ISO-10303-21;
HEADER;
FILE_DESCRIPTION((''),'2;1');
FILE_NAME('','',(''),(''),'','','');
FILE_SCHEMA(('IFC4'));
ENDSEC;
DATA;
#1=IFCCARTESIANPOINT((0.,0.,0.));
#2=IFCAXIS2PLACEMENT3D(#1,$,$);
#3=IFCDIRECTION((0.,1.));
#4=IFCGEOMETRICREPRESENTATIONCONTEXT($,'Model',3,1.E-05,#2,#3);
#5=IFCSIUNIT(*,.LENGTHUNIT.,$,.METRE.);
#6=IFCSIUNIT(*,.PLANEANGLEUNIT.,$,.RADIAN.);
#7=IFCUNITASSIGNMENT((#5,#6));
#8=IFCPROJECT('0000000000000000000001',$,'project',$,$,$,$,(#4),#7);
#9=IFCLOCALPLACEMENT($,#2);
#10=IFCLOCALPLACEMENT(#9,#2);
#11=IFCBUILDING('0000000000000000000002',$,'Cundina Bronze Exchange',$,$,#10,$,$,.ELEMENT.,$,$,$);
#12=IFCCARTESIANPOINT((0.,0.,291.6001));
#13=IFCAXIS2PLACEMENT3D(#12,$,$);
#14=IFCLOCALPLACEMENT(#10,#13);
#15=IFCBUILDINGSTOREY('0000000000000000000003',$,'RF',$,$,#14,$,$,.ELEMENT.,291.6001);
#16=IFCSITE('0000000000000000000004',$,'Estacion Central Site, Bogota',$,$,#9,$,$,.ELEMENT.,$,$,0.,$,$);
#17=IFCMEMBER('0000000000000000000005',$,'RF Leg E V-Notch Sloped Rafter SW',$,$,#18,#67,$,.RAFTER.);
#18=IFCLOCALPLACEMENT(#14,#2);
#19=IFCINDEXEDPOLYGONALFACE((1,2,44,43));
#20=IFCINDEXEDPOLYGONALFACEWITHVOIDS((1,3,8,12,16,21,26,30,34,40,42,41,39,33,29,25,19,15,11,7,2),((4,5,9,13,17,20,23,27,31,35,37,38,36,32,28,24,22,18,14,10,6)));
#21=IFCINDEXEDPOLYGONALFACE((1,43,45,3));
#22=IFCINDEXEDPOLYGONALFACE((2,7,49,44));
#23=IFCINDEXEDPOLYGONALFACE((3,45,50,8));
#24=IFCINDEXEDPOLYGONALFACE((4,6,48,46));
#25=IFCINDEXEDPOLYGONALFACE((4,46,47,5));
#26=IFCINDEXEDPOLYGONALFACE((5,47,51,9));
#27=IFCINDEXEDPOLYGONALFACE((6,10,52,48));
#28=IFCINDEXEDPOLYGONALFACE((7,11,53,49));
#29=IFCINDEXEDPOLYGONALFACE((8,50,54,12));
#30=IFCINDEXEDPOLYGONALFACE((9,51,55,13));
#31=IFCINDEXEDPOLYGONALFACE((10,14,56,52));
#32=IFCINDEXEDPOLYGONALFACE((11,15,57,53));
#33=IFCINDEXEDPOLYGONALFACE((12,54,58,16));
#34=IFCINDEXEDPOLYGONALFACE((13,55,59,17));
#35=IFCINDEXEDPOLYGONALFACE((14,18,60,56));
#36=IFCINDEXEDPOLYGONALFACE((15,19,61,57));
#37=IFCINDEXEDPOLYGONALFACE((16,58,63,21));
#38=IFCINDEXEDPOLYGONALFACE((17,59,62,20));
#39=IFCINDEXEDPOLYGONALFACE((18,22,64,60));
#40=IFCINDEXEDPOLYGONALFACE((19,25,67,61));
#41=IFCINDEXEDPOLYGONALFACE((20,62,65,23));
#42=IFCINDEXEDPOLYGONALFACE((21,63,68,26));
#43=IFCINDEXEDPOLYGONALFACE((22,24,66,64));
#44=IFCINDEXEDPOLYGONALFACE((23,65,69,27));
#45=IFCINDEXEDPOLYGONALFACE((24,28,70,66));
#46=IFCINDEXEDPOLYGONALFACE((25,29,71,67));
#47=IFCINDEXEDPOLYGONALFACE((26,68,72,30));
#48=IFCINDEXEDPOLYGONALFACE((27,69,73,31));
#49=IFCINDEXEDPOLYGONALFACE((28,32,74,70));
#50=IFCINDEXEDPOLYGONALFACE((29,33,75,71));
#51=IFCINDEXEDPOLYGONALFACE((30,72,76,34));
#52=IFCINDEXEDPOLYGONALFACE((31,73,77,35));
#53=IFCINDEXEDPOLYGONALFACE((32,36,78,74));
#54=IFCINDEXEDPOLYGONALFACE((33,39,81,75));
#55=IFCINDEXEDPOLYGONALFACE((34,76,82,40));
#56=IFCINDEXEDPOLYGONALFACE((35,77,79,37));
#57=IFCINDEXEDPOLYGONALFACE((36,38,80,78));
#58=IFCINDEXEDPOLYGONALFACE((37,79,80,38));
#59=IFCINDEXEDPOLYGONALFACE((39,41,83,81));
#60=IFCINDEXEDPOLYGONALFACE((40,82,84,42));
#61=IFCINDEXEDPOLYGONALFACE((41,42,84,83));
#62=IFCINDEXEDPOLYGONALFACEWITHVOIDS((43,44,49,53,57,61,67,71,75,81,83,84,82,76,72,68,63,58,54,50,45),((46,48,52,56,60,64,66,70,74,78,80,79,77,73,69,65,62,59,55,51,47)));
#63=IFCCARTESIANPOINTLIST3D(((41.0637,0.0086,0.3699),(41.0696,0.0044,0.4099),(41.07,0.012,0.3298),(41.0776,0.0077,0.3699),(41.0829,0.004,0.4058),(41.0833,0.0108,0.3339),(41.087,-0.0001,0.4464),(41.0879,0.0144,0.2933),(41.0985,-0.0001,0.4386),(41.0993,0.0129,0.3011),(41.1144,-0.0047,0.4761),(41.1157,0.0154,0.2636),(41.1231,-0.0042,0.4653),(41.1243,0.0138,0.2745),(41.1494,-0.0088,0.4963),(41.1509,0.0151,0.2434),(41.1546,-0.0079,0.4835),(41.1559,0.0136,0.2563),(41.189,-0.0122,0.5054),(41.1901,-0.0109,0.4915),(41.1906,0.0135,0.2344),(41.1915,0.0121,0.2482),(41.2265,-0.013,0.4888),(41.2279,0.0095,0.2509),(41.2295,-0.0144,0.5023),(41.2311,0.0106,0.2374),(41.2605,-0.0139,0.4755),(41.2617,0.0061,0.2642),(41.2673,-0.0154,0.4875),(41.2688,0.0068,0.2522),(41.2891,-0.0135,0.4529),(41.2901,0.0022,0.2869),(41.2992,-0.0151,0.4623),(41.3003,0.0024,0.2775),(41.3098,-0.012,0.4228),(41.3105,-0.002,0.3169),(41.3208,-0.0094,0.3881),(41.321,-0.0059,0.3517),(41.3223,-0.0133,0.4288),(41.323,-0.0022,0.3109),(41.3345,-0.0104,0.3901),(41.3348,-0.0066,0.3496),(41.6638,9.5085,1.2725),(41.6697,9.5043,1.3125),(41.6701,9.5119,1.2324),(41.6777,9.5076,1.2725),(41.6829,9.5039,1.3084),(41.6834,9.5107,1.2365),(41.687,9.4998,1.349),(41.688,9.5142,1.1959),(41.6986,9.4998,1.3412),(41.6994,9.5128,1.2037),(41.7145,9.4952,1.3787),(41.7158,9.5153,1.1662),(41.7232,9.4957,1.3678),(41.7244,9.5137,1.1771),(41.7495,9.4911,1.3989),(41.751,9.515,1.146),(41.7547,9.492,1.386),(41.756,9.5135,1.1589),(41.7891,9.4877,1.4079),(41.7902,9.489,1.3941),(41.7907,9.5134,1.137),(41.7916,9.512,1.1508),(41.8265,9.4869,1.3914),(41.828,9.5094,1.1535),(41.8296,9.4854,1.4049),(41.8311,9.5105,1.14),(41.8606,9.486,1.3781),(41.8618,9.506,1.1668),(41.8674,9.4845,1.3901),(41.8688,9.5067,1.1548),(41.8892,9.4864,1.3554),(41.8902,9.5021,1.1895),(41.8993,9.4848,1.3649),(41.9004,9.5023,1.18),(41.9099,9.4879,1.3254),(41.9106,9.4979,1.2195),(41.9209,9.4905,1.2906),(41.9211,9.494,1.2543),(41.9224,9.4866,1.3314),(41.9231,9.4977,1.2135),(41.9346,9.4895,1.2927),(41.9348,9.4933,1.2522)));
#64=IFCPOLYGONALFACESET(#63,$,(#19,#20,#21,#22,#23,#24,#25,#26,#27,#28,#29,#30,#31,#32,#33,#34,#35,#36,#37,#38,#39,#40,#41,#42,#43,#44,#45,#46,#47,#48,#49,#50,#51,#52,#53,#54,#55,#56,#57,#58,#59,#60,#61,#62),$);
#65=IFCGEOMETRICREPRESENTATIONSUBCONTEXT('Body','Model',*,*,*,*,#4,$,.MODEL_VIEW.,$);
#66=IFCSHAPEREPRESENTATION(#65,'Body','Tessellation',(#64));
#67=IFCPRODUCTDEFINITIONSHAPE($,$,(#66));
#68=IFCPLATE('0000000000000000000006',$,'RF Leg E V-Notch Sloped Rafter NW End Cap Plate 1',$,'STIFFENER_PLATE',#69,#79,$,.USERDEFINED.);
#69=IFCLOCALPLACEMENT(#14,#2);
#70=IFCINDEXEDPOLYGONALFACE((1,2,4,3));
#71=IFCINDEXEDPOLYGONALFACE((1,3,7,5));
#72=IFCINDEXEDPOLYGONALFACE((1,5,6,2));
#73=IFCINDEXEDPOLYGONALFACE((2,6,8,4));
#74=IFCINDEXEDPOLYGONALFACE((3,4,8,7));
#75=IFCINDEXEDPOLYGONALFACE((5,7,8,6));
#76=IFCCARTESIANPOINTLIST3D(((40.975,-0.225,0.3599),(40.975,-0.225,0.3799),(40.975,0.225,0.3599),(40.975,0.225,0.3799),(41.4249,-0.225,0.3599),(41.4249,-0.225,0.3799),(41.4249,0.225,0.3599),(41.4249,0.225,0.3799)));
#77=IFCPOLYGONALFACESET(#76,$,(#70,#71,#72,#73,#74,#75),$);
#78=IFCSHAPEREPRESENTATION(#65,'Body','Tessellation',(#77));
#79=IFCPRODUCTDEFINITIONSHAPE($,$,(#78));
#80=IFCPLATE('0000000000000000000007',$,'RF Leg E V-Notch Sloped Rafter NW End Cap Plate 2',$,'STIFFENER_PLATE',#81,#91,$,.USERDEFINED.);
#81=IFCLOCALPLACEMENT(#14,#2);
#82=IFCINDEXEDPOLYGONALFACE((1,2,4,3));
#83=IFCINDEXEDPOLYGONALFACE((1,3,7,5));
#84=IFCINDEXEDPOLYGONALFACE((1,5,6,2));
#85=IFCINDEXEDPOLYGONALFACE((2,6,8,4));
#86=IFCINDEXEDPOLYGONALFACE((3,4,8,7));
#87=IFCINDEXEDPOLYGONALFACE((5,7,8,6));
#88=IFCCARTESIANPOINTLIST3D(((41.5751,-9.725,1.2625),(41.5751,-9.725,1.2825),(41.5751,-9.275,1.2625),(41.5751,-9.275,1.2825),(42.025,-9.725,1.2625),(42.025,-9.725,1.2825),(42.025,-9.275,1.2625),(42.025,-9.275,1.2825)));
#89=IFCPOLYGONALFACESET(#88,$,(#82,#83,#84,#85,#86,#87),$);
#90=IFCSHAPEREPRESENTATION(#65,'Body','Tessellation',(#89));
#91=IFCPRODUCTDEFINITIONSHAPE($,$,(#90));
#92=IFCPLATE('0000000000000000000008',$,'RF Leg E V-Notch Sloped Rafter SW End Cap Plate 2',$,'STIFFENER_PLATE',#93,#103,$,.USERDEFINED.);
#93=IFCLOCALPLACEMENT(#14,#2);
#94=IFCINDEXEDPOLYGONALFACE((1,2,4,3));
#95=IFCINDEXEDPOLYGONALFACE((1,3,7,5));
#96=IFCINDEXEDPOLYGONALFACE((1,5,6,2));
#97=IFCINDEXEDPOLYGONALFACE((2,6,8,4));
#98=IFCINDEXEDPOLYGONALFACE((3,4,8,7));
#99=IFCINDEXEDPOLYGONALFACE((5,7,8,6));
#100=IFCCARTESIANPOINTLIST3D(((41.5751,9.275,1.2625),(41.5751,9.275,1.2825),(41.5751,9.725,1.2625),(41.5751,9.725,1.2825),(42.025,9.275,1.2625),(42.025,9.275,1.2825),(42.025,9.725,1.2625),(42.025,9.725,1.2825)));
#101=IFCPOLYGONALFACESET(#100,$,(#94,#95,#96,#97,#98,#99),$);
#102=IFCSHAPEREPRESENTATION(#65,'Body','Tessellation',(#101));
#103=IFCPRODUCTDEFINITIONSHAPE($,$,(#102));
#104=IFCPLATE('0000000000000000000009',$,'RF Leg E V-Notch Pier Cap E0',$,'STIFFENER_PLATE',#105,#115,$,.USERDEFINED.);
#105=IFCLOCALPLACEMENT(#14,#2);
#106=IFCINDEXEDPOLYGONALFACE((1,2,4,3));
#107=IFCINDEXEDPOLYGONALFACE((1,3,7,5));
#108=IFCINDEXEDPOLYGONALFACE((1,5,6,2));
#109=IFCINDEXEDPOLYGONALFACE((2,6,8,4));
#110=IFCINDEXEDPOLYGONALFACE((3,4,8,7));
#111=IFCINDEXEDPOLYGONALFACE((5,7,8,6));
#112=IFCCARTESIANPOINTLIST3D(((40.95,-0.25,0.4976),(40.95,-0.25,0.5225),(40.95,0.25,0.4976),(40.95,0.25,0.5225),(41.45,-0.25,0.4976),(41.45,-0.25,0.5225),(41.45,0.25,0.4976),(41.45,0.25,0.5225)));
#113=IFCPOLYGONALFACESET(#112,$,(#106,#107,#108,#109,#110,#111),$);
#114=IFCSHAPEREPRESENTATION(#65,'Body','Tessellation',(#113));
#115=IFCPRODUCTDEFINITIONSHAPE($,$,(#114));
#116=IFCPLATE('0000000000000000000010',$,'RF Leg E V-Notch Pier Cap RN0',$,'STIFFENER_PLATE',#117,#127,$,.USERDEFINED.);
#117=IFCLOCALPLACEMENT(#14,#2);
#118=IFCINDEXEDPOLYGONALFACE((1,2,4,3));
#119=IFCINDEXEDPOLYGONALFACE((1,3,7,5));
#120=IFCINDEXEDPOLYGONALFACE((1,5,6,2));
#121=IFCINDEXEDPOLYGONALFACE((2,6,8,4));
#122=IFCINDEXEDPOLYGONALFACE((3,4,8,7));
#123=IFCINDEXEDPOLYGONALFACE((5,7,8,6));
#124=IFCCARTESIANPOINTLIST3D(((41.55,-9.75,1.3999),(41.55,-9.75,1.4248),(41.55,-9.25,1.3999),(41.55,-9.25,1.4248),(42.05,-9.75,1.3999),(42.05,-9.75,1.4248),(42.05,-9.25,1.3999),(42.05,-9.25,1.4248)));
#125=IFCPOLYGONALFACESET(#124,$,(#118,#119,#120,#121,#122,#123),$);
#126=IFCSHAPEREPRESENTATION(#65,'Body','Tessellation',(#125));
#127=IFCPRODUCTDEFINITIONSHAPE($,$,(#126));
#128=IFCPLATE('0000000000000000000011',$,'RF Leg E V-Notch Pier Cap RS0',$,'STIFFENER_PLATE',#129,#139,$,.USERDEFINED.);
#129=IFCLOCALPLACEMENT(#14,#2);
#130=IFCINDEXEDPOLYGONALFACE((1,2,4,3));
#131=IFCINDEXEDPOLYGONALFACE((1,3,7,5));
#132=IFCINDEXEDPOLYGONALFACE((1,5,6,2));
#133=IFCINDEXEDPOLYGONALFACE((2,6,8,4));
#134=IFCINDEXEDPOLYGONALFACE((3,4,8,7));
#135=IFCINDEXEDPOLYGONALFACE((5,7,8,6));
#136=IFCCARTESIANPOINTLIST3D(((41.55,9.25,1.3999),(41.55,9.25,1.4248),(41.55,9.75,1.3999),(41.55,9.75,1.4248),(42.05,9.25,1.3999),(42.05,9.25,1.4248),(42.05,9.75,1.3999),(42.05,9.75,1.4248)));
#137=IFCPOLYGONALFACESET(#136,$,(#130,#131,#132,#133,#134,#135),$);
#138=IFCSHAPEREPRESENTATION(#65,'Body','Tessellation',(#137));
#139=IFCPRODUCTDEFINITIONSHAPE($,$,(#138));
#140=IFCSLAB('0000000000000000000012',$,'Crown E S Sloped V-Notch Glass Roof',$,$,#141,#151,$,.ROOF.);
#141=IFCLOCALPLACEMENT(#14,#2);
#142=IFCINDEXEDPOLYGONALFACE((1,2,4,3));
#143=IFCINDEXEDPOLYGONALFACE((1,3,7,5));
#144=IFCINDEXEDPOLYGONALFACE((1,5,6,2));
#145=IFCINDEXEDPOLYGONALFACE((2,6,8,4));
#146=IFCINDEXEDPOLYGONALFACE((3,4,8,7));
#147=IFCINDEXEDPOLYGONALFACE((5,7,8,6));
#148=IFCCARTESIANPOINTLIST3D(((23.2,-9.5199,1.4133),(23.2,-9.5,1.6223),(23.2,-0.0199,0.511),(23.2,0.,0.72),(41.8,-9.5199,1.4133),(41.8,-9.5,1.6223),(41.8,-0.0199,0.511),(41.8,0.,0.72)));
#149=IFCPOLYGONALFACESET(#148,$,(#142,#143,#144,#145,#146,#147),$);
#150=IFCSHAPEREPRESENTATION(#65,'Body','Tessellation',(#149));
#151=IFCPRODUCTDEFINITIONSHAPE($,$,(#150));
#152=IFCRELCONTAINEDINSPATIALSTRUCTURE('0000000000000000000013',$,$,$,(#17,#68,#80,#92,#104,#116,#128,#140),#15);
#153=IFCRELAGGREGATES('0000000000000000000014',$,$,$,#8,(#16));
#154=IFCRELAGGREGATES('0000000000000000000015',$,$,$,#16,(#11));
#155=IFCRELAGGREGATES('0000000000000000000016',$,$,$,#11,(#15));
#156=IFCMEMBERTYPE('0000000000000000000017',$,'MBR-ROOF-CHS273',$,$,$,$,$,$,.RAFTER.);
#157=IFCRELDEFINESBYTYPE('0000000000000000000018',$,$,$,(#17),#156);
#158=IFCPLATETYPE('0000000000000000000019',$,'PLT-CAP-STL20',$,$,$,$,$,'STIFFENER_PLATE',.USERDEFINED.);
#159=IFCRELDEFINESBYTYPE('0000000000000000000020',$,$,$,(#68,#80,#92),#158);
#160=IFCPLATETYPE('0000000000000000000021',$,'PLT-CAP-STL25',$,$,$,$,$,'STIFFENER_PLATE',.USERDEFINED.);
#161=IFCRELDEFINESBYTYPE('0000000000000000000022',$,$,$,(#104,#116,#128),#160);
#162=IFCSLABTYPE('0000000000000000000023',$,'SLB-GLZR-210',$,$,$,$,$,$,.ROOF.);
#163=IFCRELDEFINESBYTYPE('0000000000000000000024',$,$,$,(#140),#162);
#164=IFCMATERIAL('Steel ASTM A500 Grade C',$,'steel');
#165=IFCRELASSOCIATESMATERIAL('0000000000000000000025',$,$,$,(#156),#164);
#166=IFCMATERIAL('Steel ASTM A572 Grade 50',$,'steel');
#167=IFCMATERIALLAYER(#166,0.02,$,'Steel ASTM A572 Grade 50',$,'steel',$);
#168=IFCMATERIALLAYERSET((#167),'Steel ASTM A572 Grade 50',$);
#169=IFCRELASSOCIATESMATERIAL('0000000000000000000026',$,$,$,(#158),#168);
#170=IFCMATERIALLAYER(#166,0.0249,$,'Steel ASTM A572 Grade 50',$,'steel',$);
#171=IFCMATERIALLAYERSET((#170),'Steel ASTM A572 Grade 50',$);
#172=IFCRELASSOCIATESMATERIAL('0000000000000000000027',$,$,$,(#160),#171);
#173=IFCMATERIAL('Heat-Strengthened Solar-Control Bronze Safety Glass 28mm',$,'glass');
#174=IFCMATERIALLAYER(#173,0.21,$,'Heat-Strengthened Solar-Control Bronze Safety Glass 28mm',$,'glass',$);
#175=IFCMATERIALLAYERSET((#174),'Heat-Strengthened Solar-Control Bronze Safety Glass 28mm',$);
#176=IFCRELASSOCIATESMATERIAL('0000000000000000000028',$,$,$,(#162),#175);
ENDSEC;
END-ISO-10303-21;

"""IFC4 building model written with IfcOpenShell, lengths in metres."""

from ifc_helpers import new_model, si_unit, direction, frame, origin, origin_2d, place, context, subcontext, project, spatial, polyline, rectangle, hollow_circle, outline, extrude, material, layer, layer_set, material_profile, profile_set, type_object, element, save


model = new_model("IFC4")

# Units and contexts
model_context = context("Model", 3, precision=1e-05, world=origin(), true_north=direction((0.0, 1.0)))
body_context = subcontext(model_context, "Body", "Model", "MODEL_VIEW")
ifc_project = project(units=[si_unit("LENGTHUNIT", "METRE"), si_unit("PLANEANGLEUNIT", "RADIAN")], contexts=[model_context])

# Site, building, storey
site_placement = place(None, origin())
site = spatial("IfcSite", under=ifc_project, at=site_placement, Name="Estacion Central Site, Bogota", CompositionType="ELEMENT", RefElevation=0.0)
building_placement = place(site_placement, origin())
building = spatial("IfcBuilding", under=site, at=building_placement, Name="Cundina Bronze Exchange", CompositionType="ELEMENT")
storey_placement = place(building_placement, frame((0.0, 0.0, 291.6001)))
storey = spatial("IfcBuildingStorey", under=building, at=storey_placement, Name="RF", CompositionType="ELEMENT", Elevation=291.6001)

# Member
ifc_material_1 = material(Name="Steel ASTM A500 Grade C", Category="steel")
ifc_material_profile_1 = material_profile(ifc_material_1, hollow_circle(Radius=0.1365, WallThickness=0.0139, at=origin_2d()), Name="CHS273X14", Category="steel")
ifc_profile_set_1 = profile_set([ifc_material_profile_1], Name="Steel ASTM A500 Grade C")
member_type = type_object("IfcMemberType", Name="MBR-ROOF-CHS273", PredefinedType="RAFTER", material=ifc_profile_set_1)
for number, where, z_axis, x_axis, name in (
    (1, (41.2, 0.0, 0.3699), (0.062761, 0.993554, 0.094397), (-0.998011, 0.063043, 0.0), "RF Leg E V-Notch Sloped Rafter SW"),
):
    element("IfcMember", number, at=place(storey_placement, frame(where, z_axis=z_axis, x_axis=x_axis)), inside=storey, type_object=member_type, Name=name, PredefinedType="RAFTER", context=body_context, shape_type="SweptSolid", body=[
        extrude(hollow_circle(Radius=0.1365, WallThickness=0.0139, at=origin_2d()), origin(), (0.0, 0.0, 1.0), 9.5615),
    ])

# Plates
ifc_material_2 = material(Name="Steel ASTM A572 Grade 50", Category="steel")
ifc_layer_1 = layer(ifc_material_2, 0.02, Name="Steel ASTM A572 Grade 50", Category="steel")
ifc_layer_set_1 = layer_set([ifc_layer_1], Name="Steel ASTM A572 Grade 50")
plate_type_1 = type_object("IfcPlateType", Name="PLT-CAP-STL20", ElementType="STIFFENER_PLATE", PredefinedType="USERDEFINED", material=ifc_layer_set_1)
for number, where, z_axis, x_axis, name in (
    (2, (41.2, 0.0, 0.3599), (0.0, 0.0, 1.0), (1.0, 0.0, 0.0), "RF Leg E V-Notch Sloped Rafter NW End Cap Plate 1"),
    (3, (41.8, -9.5, 1.2625), (0.0, 0.0, 1.0), (1.0, 0.0, 0.0), "RF Leg E V-Notch Sloped Rafter NW End Cap Plate 2"),
    (4, (41.8, 9.5, 1.2625), (0.0, 0.0, 1.0), (1.0, 0.0, 0.0), "RF Leg E V-Notch Sloped Rafter SW End Cap Plate 2"),
):
    element("IfcPlate", number, at=place(storey_placement, frame(where, z_axis=z_axis, x_axis=x_axis)), inside=storey, type_object=plate_type_1, Name=name, ObjectType="STIFFENER_PLATE", PredefinedType="USERDEFINED", context=body_context, shape_type="SweptSolid", body=[
        extrude(rectangle(XDim=0.45, YDim=0.45, at=origin_2d()), origin(), (0.0, 0.0, 1.0), 0.02),
    ])
ifc_layer_2 = layer(ifc_material_2, 0.0249, Name="Steel ASTM A572 Grade 50", Category="steel")
ifc_layer_set_2 = layer_set([ifc_layer_2], Name="Steel ASTM A572 Grade 50")
plate_type_2 = type_object("IfcPlateType", Name="PLT-CAP-STL25", ElementType="STIFFENER_PLATE", PredefinedType="USERDEFINED", material=ifc_layer_set_2)
for number, where, z_axis, x_axis, name in (
    (5, (41.2, 0.0, 0.4976), (0.0, 0.0, 1.0), (1.0, 0.0, 0.0), "RF Leg E V-Notch Pier Cap E0"),
    (6, (41.8, -9.5, 1.3999), (0.0, 0.0, 1.0), (1.0, 0.0, 0.0), "RF Leg E V-Notch Pier Cap RN0"),
    (7, (41.8, 9.5, 1.3999), (0.0, 0.0, 1.0), (1.0, 0.0, 0.0), "RF Leg E V-Notch Pier Cap RS0"),
):
    element("IfcPlate", number, at=place(storey_placement, frame(where, z_axis=z_axis, x_axis=x_axis)), inside=storey, type_object=plate_type_2, Name=name, ObjectType="STIFFENER_PLATE", PredefinedType="USERDEFINED", context=body_context, shape_type="SweptSolid", body=[
        extrude(rectangle(XDim=0.5, YDim=0.5, at=origin_2d()), origin(), (0.0, 0.0, 1.0), 0.0249),
    ])

# Slab
ifc_material_3 = material(Name="Heat-Strengthened Solar-Control Bronze Safety Glass 28mm", Category="glass")
ifc_layer_3 = layer(ifc_material_3, 0.21, Name="Heat-Strengthened Solar-Control Bronze Safety Glass 28mm", Category="glass")
ifc_layer_set_3 = layer_set([ifc_layer_3], Name="Heat-Strengthened Solar-Control Bronze Safety Glass 28mm")
slab_type = type_object("IfcSlabType", Name="SLB-GLZR-210", PredefinedType="ROOF", material=ifc_layer_set_3)
slab_placement = place(storey_placement, frame((41.8, 0.0, 0.72), z_axis=(0.0, 0.094558, 0.995519), x_axis=(-1.0, 0.0, 0.0)))
element("IfcSlab", 8, at=slab_placement, inside=storey, type_object=slab_type, Name="Crown E S Sloped V-Notch Glass Roof", PredefinedType="ROOF", context=body_context, shape_type="SweptSolid", body=[
    extrude(outline(polyline([(0.0, 0.0), (18.6001, 0.0), (18.6001, 9.5428), (0.0, 9.5428), (0.0, 0.0)])), origin(), (0.0, 0.0, -1.0), 0.21),
])

save(model, "model.ifc")
